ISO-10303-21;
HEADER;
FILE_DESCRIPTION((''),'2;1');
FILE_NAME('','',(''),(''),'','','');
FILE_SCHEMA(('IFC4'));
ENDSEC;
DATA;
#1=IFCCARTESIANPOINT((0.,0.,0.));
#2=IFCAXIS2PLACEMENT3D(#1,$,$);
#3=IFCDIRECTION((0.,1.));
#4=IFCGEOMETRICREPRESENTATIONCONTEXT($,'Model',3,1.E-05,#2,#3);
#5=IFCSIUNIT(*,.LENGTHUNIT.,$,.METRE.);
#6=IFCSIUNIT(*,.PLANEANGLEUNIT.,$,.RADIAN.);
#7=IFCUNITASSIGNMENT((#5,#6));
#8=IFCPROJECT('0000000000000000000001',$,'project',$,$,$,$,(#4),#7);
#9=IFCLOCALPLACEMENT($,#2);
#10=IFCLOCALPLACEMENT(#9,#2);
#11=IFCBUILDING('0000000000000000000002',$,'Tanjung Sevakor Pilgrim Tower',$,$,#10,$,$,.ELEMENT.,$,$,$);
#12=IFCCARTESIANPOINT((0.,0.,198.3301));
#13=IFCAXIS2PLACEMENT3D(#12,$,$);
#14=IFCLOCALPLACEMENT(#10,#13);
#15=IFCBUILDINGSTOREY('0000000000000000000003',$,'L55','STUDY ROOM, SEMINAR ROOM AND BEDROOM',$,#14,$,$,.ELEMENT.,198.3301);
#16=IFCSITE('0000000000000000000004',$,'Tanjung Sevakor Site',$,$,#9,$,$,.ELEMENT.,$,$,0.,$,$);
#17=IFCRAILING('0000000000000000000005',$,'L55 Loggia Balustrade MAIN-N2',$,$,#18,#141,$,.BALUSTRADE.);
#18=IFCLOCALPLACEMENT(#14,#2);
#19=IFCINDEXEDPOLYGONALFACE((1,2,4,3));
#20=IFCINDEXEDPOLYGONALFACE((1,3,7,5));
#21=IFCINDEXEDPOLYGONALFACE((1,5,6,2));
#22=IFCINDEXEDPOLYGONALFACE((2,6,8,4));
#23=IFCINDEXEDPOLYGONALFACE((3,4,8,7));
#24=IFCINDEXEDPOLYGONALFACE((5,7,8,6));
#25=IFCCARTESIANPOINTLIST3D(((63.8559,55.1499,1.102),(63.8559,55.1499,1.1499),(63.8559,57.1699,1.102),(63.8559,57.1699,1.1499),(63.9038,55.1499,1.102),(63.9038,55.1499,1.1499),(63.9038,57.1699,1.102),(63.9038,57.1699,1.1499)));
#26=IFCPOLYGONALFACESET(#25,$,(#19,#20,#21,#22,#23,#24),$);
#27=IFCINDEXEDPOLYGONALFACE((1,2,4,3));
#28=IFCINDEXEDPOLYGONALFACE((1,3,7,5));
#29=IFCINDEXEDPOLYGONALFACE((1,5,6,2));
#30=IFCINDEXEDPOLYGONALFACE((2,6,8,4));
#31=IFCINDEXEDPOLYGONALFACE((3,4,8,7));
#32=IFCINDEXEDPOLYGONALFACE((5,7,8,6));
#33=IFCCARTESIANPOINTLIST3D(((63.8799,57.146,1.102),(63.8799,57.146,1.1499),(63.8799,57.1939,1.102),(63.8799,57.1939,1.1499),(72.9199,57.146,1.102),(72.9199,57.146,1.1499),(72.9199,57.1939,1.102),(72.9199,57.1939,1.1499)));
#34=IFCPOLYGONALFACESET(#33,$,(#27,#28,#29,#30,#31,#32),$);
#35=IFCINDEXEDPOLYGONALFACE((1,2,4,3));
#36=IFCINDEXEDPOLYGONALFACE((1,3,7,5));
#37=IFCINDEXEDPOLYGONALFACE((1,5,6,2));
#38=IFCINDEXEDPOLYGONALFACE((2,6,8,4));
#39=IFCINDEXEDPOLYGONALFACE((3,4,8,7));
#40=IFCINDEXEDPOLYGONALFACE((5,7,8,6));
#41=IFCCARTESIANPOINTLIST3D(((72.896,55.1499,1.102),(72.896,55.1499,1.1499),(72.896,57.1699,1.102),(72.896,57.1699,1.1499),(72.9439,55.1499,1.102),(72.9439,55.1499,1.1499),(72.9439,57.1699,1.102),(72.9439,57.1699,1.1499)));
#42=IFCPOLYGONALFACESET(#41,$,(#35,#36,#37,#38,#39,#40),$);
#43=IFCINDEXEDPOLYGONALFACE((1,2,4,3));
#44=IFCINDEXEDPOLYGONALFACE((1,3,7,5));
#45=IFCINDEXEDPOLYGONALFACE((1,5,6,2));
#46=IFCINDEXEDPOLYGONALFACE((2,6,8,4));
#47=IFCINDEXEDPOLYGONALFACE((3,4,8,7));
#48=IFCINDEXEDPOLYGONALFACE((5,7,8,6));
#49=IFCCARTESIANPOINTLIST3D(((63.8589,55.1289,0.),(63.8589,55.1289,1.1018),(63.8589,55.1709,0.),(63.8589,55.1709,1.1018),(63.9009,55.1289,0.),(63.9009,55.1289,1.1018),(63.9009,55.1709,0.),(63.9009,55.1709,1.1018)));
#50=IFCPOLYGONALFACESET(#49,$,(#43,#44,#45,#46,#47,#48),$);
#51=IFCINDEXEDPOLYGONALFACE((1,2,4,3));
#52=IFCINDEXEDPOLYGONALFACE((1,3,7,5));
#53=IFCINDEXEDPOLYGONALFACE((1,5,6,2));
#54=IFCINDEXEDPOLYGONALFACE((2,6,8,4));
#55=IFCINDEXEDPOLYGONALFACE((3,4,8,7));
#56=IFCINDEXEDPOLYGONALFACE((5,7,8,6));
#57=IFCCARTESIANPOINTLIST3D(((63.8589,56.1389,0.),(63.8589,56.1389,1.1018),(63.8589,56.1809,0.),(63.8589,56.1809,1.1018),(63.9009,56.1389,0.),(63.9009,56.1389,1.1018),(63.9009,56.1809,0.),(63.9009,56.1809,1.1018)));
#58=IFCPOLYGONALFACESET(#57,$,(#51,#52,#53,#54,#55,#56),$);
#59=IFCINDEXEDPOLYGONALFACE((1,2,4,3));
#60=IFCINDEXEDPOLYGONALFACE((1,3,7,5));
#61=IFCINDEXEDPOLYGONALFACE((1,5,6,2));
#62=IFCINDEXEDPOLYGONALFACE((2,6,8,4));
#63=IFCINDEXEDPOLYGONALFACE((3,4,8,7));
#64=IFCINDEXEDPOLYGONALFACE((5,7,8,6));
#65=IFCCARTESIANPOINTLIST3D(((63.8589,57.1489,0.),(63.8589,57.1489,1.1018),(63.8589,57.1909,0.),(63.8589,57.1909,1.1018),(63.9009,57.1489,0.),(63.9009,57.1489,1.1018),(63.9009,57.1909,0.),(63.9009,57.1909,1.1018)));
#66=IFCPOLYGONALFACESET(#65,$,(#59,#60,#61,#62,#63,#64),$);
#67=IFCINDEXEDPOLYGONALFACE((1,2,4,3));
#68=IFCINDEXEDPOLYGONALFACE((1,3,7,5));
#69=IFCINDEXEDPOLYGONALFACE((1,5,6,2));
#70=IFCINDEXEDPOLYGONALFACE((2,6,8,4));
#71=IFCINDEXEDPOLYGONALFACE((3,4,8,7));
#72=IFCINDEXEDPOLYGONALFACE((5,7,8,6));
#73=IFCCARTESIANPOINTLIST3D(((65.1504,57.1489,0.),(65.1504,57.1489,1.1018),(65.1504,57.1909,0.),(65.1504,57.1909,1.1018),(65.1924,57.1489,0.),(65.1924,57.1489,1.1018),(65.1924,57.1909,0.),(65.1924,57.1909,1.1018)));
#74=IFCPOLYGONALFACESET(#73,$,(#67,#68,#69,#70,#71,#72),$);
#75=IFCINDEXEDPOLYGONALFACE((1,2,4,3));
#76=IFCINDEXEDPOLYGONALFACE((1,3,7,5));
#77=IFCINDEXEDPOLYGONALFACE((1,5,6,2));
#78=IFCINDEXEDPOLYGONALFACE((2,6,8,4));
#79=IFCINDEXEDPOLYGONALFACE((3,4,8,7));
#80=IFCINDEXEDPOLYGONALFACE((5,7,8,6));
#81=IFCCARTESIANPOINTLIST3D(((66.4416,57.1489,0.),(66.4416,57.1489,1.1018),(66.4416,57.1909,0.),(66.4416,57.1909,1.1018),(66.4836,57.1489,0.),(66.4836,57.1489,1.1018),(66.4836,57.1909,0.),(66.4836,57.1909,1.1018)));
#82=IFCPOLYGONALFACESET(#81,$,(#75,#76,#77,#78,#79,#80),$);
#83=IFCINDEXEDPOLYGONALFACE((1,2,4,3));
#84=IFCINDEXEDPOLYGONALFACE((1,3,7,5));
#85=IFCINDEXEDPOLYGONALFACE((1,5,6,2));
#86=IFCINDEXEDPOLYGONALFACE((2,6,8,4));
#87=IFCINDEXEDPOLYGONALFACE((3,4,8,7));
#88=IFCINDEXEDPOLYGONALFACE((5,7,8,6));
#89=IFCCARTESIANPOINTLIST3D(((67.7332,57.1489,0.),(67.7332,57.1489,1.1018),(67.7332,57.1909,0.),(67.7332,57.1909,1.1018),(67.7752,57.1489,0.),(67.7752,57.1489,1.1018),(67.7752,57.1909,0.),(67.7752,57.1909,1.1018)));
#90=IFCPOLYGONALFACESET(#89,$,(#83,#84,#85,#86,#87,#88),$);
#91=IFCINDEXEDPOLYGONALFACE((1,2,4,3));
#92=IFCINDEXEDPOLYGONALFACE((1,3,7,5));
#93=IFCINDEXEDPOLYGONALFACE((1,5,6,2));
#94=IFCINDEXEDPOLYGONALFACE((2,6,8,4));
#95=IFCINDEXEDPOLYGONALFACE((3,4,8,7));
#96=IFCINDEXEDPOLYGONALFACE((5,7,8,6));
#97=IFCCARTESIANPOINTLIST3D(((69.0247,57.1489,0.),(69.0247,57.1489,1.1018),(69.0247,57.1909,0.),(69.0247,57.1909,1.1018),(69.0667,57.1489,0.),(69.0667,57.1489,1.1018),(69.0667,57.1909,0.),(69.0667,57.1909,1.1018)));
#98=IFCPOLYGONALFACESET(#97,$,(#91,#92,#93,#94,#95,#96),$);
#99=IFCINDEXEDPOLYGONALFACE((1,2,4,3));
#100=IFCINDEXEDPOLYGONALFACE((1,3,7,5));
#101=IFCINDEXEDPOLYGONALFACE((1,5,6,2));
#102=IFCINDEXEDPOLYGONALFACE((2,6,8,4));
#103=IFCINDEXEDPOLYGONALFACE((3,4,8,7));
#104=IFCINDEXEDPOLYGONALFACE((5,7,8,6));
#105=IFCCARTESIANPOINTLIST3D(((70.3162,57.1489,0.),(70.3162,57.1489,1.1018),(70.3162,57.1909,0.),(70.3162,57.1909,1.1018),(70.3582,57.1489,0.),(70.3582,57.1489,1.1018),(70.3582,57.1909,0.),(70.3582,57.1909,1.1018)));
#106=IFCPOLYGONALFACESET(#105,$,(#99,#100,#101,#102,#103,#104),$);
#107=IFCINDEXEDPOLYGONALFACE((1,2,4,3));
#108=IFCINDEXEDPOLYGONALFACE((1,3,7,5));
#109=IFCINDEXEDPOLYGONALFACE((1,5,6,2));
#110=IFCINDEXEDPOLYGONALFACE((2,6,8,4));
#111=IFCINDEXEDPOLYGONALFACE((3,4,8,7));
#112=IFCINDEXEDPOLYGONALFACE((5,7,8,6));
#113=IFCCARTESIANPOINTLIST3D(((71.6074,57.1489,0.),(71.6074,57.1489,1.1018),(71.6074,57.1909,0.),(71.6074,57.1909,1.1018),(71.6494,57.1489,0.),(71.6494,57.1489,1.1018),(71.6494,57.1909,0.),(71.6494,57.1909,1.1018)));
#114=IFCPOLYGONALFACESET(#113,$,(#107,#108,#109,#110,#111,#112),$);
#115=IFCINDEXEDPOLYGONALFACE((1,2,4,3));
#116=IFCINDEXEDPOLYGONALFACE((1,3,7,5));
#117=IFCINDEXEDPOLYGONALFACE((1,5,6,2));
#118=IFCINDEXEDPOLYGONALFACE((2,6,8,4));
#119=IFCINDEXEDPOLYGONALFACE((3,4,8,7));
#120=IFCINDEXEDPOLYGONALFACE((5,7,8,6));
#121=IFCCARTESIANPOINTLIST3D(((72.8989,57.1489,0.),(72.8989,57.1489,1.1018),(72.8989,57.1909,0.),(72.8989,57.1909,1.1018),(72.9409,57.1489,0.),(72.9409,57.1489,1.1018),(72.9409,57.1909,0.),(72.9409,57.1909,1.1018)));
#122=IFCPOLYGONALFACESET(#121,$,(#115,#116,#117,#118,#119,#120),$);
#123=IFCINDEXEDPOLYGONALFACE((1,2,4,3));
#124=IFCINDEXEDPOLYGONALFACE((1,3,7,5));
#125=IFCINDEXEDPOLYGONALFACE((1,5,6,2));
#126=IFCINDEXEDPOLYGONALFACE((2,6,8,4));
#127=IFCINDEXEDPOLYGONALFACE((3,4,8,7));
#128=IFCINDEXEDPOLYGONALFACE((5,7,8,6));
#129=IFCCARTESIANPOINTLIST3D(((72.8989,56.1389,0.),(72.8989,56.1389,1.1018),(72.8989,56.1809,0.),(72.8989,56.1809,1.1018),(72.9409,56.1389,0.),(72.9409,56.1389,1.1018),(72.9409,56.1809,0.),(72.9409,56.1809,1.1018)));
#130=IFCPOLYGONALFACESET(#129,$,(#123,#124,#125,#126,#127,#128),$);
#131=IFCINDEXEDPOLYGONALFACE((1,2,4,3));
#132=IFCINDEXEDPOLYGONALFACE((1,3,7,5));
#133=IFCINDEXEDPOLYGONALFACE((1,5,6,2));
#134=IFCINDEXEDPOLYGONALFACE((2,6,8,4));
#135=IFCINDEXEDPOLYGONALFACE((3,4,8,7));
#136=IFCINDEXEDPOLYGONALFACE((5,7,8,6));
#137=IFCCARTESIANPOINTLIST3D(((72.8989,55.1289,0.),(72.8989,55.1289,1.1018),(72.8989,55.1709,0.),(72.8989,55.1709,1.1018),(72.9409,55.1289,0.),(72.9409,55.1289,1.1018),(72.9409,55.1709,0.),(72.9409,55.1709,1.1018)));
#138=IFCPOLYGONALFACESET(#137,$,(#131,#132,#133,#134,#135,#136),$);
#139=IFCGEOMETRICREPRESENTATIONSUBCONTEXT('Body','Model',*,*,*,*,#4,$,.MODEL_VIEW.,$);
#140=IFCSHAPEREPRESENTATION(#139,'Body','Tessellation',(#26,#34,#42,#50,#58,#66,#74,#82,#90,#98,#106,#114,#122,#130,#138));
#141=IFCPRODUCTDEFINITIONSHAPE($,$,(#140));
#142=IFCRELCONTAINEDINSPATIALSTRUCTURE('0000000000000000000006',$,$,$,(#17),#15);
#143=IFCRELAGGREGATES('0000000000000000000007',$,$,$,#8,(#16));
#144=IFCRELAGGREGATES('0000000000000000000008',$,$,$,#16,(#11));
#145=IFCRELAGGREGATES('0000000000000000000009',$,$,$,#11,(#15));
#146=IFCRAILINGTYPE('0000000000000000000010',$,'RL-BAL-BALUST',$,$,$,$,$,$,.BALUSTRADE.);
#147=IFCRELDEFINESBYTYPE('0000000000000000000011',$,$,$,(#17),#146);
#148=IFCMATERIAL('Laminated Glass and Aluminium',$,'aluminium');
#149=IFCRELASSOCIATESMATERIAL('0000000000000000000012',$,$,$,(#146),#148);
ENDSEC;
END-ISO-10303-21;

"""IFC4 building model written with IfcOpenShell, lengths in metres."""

from ifc_helpers import new_model, si_unit, direction, frame, origin, place, context, subcontext, project, spatial, rectangle, extrude, material, type_object, element, save


model = new_model("IFC4")

# Units and contexts
model_context = context("Model", 3, precision=1e-05, world=origin(), true_north=direction((0.0, 1.0)))
body_context = subcontext(model_context, "Body", "Model", "MODEL_VIEW")
ifc_project = project(units=[si_unit("LENGTHUNIT", "METRE"), si_unit("PLANEANGLEUNIT", "RADIAN")], contexts=[model_context])

# Site, building, storey
site_placement = place(None, origin())
site = spatial("IfcSite", under=ifc_project, at=site_placement, Name="Tanjung Sevakor Site", CompositionType="ELEMENT", RefElevation=0.0)
building_placement = place(site_placement, origin())
building = spatial("IfcBuilding", under=site, at=building_placement, Name="Tanjung Sevakor Pilgrim Tower", CompositionType="ELEMENT")
storey_placement = place(building_placement, frame((0.0, 0.0, 198.3301)))
storey = spatial("IfcBuildingStorey", under=building, at=storey_placement, Name="L55", Description="STUDY ROOM, SEMINAR ROOM AND BEDROOM", CompositionType="ELEMENT", Elevation=198.3301)

# Railing
ifc_material_1 = material(Name="Laminated Glass and Aluminium", Category="aluminium")
railing_type = type_object("IfcRailingType", Name="RL-BAL-BALUST", PredefinedType="BALUSTRADE", material=ifc_material_1)
railing_placement = place(storey_placement, frame((63.8799, 55.1499, 0.0)))
element("IfcRailing", 1, at=railing_placement, inside=storey, type_object=railing_type, Name="L55 Loggia Balustrade MAIN-N2", PredefinedType="BALUSTRADE", context=body_context, shape_type="SweptSolid", body=[
    extrude(rectangle(XDim=0.0479, YDim=0.0479), frame((0.0, 0.0, 1.126), z_axis=(0.0, 1.0, 0.0), x_axis=(-1.0, 0.0, 0.0)), (0.0, 0.0, 1.0), 2.02),
    extrude(rectangle(XDim=0.0479, YDim=0.0479), frame((0.0, 2.02, 1.126), z_axis=(1.0, 0.0, 0.0), x_axis=(0.0, 1.0, 0.0)), (0.0, 0.0, 1.0), 9.04),
    extrude(rectangle(XDim=0.0479, YDim=0.0479), frame((9.04, 2.02, 1.126), z_axis=(0.0, -1.0, 0.0), x_axis=(1.0, 0.0, 0.0)), (0.0, 0.0, 1.0), 2.02),
    extrude(rectangle(XDim=0.042, YDim=0.042), origin(), (0.0, 0.0, 1.0), 1.1018),
    extrude(rectangle(XDim=0.042, YDim=0.042), frame((0.0, 1.01, 0.0)), (0.0, 0.0, 1.0), 1.1018),
    extrude(rectangle(XDim=0.042, YDim=0.042), frame((0.0, 2.02, 0.0)), (0.0, 0.0, 1.0), 1.1018),
    extrude(rectangle(XDim=0.042, YDim=0.042), frame((1.2915, 2.02, 0.0)), (0.0, 0.0, 1.0), 1.1018),
    extrude(rectangle(XDim=0.042, YDim=0.042), frame((2.5828, 2.02, 0.0)), (0.0, 0.0, 1.0), 1.1018),
    extrude(rectangle(XDim=0.042, YDim=0.042), frame((3.8743, 2.02, 0.0)), (0.0, 0.0, 1.0), 1.1018),
    extrude(rectangle(XDim=0.042, YDim=0.042), frame((5.1658, 2.02, 0.0)), (0.0, 0.0, 1.0), 1.1018),
    extrude(rectangle(XDim=0.042, YDim=0.042), frame((6.4573, 2.02, 0.0)), (0.0, 0.0, 1.0), 1.1018),
    extrude(rectangle(XDim=0.042, YDim=0.042), frame((7.7485, 2.02, 0.0)), (0.0, 0.0, 1.0), 1.1018),
    extrude(rectangle(XDim=0.042, YDim=0.042), frame((9.04, 2.02, 0.0)), (0.0, 0.0, 1.0), 1.1018),
    extrude(rectangle(XDim=0.042, YDim=0.042), frame((9.04, 1.01, 0.0)), (0.0, 0.0, 1.0), 1.1018),
    extrude(rectangle(XDim=0.042, YDim=0.042), frame((9.04, 0.0, 0.0)), (0.0, 0.0, 1.0), 1.1018),
])

save(model, "model.ifc")
